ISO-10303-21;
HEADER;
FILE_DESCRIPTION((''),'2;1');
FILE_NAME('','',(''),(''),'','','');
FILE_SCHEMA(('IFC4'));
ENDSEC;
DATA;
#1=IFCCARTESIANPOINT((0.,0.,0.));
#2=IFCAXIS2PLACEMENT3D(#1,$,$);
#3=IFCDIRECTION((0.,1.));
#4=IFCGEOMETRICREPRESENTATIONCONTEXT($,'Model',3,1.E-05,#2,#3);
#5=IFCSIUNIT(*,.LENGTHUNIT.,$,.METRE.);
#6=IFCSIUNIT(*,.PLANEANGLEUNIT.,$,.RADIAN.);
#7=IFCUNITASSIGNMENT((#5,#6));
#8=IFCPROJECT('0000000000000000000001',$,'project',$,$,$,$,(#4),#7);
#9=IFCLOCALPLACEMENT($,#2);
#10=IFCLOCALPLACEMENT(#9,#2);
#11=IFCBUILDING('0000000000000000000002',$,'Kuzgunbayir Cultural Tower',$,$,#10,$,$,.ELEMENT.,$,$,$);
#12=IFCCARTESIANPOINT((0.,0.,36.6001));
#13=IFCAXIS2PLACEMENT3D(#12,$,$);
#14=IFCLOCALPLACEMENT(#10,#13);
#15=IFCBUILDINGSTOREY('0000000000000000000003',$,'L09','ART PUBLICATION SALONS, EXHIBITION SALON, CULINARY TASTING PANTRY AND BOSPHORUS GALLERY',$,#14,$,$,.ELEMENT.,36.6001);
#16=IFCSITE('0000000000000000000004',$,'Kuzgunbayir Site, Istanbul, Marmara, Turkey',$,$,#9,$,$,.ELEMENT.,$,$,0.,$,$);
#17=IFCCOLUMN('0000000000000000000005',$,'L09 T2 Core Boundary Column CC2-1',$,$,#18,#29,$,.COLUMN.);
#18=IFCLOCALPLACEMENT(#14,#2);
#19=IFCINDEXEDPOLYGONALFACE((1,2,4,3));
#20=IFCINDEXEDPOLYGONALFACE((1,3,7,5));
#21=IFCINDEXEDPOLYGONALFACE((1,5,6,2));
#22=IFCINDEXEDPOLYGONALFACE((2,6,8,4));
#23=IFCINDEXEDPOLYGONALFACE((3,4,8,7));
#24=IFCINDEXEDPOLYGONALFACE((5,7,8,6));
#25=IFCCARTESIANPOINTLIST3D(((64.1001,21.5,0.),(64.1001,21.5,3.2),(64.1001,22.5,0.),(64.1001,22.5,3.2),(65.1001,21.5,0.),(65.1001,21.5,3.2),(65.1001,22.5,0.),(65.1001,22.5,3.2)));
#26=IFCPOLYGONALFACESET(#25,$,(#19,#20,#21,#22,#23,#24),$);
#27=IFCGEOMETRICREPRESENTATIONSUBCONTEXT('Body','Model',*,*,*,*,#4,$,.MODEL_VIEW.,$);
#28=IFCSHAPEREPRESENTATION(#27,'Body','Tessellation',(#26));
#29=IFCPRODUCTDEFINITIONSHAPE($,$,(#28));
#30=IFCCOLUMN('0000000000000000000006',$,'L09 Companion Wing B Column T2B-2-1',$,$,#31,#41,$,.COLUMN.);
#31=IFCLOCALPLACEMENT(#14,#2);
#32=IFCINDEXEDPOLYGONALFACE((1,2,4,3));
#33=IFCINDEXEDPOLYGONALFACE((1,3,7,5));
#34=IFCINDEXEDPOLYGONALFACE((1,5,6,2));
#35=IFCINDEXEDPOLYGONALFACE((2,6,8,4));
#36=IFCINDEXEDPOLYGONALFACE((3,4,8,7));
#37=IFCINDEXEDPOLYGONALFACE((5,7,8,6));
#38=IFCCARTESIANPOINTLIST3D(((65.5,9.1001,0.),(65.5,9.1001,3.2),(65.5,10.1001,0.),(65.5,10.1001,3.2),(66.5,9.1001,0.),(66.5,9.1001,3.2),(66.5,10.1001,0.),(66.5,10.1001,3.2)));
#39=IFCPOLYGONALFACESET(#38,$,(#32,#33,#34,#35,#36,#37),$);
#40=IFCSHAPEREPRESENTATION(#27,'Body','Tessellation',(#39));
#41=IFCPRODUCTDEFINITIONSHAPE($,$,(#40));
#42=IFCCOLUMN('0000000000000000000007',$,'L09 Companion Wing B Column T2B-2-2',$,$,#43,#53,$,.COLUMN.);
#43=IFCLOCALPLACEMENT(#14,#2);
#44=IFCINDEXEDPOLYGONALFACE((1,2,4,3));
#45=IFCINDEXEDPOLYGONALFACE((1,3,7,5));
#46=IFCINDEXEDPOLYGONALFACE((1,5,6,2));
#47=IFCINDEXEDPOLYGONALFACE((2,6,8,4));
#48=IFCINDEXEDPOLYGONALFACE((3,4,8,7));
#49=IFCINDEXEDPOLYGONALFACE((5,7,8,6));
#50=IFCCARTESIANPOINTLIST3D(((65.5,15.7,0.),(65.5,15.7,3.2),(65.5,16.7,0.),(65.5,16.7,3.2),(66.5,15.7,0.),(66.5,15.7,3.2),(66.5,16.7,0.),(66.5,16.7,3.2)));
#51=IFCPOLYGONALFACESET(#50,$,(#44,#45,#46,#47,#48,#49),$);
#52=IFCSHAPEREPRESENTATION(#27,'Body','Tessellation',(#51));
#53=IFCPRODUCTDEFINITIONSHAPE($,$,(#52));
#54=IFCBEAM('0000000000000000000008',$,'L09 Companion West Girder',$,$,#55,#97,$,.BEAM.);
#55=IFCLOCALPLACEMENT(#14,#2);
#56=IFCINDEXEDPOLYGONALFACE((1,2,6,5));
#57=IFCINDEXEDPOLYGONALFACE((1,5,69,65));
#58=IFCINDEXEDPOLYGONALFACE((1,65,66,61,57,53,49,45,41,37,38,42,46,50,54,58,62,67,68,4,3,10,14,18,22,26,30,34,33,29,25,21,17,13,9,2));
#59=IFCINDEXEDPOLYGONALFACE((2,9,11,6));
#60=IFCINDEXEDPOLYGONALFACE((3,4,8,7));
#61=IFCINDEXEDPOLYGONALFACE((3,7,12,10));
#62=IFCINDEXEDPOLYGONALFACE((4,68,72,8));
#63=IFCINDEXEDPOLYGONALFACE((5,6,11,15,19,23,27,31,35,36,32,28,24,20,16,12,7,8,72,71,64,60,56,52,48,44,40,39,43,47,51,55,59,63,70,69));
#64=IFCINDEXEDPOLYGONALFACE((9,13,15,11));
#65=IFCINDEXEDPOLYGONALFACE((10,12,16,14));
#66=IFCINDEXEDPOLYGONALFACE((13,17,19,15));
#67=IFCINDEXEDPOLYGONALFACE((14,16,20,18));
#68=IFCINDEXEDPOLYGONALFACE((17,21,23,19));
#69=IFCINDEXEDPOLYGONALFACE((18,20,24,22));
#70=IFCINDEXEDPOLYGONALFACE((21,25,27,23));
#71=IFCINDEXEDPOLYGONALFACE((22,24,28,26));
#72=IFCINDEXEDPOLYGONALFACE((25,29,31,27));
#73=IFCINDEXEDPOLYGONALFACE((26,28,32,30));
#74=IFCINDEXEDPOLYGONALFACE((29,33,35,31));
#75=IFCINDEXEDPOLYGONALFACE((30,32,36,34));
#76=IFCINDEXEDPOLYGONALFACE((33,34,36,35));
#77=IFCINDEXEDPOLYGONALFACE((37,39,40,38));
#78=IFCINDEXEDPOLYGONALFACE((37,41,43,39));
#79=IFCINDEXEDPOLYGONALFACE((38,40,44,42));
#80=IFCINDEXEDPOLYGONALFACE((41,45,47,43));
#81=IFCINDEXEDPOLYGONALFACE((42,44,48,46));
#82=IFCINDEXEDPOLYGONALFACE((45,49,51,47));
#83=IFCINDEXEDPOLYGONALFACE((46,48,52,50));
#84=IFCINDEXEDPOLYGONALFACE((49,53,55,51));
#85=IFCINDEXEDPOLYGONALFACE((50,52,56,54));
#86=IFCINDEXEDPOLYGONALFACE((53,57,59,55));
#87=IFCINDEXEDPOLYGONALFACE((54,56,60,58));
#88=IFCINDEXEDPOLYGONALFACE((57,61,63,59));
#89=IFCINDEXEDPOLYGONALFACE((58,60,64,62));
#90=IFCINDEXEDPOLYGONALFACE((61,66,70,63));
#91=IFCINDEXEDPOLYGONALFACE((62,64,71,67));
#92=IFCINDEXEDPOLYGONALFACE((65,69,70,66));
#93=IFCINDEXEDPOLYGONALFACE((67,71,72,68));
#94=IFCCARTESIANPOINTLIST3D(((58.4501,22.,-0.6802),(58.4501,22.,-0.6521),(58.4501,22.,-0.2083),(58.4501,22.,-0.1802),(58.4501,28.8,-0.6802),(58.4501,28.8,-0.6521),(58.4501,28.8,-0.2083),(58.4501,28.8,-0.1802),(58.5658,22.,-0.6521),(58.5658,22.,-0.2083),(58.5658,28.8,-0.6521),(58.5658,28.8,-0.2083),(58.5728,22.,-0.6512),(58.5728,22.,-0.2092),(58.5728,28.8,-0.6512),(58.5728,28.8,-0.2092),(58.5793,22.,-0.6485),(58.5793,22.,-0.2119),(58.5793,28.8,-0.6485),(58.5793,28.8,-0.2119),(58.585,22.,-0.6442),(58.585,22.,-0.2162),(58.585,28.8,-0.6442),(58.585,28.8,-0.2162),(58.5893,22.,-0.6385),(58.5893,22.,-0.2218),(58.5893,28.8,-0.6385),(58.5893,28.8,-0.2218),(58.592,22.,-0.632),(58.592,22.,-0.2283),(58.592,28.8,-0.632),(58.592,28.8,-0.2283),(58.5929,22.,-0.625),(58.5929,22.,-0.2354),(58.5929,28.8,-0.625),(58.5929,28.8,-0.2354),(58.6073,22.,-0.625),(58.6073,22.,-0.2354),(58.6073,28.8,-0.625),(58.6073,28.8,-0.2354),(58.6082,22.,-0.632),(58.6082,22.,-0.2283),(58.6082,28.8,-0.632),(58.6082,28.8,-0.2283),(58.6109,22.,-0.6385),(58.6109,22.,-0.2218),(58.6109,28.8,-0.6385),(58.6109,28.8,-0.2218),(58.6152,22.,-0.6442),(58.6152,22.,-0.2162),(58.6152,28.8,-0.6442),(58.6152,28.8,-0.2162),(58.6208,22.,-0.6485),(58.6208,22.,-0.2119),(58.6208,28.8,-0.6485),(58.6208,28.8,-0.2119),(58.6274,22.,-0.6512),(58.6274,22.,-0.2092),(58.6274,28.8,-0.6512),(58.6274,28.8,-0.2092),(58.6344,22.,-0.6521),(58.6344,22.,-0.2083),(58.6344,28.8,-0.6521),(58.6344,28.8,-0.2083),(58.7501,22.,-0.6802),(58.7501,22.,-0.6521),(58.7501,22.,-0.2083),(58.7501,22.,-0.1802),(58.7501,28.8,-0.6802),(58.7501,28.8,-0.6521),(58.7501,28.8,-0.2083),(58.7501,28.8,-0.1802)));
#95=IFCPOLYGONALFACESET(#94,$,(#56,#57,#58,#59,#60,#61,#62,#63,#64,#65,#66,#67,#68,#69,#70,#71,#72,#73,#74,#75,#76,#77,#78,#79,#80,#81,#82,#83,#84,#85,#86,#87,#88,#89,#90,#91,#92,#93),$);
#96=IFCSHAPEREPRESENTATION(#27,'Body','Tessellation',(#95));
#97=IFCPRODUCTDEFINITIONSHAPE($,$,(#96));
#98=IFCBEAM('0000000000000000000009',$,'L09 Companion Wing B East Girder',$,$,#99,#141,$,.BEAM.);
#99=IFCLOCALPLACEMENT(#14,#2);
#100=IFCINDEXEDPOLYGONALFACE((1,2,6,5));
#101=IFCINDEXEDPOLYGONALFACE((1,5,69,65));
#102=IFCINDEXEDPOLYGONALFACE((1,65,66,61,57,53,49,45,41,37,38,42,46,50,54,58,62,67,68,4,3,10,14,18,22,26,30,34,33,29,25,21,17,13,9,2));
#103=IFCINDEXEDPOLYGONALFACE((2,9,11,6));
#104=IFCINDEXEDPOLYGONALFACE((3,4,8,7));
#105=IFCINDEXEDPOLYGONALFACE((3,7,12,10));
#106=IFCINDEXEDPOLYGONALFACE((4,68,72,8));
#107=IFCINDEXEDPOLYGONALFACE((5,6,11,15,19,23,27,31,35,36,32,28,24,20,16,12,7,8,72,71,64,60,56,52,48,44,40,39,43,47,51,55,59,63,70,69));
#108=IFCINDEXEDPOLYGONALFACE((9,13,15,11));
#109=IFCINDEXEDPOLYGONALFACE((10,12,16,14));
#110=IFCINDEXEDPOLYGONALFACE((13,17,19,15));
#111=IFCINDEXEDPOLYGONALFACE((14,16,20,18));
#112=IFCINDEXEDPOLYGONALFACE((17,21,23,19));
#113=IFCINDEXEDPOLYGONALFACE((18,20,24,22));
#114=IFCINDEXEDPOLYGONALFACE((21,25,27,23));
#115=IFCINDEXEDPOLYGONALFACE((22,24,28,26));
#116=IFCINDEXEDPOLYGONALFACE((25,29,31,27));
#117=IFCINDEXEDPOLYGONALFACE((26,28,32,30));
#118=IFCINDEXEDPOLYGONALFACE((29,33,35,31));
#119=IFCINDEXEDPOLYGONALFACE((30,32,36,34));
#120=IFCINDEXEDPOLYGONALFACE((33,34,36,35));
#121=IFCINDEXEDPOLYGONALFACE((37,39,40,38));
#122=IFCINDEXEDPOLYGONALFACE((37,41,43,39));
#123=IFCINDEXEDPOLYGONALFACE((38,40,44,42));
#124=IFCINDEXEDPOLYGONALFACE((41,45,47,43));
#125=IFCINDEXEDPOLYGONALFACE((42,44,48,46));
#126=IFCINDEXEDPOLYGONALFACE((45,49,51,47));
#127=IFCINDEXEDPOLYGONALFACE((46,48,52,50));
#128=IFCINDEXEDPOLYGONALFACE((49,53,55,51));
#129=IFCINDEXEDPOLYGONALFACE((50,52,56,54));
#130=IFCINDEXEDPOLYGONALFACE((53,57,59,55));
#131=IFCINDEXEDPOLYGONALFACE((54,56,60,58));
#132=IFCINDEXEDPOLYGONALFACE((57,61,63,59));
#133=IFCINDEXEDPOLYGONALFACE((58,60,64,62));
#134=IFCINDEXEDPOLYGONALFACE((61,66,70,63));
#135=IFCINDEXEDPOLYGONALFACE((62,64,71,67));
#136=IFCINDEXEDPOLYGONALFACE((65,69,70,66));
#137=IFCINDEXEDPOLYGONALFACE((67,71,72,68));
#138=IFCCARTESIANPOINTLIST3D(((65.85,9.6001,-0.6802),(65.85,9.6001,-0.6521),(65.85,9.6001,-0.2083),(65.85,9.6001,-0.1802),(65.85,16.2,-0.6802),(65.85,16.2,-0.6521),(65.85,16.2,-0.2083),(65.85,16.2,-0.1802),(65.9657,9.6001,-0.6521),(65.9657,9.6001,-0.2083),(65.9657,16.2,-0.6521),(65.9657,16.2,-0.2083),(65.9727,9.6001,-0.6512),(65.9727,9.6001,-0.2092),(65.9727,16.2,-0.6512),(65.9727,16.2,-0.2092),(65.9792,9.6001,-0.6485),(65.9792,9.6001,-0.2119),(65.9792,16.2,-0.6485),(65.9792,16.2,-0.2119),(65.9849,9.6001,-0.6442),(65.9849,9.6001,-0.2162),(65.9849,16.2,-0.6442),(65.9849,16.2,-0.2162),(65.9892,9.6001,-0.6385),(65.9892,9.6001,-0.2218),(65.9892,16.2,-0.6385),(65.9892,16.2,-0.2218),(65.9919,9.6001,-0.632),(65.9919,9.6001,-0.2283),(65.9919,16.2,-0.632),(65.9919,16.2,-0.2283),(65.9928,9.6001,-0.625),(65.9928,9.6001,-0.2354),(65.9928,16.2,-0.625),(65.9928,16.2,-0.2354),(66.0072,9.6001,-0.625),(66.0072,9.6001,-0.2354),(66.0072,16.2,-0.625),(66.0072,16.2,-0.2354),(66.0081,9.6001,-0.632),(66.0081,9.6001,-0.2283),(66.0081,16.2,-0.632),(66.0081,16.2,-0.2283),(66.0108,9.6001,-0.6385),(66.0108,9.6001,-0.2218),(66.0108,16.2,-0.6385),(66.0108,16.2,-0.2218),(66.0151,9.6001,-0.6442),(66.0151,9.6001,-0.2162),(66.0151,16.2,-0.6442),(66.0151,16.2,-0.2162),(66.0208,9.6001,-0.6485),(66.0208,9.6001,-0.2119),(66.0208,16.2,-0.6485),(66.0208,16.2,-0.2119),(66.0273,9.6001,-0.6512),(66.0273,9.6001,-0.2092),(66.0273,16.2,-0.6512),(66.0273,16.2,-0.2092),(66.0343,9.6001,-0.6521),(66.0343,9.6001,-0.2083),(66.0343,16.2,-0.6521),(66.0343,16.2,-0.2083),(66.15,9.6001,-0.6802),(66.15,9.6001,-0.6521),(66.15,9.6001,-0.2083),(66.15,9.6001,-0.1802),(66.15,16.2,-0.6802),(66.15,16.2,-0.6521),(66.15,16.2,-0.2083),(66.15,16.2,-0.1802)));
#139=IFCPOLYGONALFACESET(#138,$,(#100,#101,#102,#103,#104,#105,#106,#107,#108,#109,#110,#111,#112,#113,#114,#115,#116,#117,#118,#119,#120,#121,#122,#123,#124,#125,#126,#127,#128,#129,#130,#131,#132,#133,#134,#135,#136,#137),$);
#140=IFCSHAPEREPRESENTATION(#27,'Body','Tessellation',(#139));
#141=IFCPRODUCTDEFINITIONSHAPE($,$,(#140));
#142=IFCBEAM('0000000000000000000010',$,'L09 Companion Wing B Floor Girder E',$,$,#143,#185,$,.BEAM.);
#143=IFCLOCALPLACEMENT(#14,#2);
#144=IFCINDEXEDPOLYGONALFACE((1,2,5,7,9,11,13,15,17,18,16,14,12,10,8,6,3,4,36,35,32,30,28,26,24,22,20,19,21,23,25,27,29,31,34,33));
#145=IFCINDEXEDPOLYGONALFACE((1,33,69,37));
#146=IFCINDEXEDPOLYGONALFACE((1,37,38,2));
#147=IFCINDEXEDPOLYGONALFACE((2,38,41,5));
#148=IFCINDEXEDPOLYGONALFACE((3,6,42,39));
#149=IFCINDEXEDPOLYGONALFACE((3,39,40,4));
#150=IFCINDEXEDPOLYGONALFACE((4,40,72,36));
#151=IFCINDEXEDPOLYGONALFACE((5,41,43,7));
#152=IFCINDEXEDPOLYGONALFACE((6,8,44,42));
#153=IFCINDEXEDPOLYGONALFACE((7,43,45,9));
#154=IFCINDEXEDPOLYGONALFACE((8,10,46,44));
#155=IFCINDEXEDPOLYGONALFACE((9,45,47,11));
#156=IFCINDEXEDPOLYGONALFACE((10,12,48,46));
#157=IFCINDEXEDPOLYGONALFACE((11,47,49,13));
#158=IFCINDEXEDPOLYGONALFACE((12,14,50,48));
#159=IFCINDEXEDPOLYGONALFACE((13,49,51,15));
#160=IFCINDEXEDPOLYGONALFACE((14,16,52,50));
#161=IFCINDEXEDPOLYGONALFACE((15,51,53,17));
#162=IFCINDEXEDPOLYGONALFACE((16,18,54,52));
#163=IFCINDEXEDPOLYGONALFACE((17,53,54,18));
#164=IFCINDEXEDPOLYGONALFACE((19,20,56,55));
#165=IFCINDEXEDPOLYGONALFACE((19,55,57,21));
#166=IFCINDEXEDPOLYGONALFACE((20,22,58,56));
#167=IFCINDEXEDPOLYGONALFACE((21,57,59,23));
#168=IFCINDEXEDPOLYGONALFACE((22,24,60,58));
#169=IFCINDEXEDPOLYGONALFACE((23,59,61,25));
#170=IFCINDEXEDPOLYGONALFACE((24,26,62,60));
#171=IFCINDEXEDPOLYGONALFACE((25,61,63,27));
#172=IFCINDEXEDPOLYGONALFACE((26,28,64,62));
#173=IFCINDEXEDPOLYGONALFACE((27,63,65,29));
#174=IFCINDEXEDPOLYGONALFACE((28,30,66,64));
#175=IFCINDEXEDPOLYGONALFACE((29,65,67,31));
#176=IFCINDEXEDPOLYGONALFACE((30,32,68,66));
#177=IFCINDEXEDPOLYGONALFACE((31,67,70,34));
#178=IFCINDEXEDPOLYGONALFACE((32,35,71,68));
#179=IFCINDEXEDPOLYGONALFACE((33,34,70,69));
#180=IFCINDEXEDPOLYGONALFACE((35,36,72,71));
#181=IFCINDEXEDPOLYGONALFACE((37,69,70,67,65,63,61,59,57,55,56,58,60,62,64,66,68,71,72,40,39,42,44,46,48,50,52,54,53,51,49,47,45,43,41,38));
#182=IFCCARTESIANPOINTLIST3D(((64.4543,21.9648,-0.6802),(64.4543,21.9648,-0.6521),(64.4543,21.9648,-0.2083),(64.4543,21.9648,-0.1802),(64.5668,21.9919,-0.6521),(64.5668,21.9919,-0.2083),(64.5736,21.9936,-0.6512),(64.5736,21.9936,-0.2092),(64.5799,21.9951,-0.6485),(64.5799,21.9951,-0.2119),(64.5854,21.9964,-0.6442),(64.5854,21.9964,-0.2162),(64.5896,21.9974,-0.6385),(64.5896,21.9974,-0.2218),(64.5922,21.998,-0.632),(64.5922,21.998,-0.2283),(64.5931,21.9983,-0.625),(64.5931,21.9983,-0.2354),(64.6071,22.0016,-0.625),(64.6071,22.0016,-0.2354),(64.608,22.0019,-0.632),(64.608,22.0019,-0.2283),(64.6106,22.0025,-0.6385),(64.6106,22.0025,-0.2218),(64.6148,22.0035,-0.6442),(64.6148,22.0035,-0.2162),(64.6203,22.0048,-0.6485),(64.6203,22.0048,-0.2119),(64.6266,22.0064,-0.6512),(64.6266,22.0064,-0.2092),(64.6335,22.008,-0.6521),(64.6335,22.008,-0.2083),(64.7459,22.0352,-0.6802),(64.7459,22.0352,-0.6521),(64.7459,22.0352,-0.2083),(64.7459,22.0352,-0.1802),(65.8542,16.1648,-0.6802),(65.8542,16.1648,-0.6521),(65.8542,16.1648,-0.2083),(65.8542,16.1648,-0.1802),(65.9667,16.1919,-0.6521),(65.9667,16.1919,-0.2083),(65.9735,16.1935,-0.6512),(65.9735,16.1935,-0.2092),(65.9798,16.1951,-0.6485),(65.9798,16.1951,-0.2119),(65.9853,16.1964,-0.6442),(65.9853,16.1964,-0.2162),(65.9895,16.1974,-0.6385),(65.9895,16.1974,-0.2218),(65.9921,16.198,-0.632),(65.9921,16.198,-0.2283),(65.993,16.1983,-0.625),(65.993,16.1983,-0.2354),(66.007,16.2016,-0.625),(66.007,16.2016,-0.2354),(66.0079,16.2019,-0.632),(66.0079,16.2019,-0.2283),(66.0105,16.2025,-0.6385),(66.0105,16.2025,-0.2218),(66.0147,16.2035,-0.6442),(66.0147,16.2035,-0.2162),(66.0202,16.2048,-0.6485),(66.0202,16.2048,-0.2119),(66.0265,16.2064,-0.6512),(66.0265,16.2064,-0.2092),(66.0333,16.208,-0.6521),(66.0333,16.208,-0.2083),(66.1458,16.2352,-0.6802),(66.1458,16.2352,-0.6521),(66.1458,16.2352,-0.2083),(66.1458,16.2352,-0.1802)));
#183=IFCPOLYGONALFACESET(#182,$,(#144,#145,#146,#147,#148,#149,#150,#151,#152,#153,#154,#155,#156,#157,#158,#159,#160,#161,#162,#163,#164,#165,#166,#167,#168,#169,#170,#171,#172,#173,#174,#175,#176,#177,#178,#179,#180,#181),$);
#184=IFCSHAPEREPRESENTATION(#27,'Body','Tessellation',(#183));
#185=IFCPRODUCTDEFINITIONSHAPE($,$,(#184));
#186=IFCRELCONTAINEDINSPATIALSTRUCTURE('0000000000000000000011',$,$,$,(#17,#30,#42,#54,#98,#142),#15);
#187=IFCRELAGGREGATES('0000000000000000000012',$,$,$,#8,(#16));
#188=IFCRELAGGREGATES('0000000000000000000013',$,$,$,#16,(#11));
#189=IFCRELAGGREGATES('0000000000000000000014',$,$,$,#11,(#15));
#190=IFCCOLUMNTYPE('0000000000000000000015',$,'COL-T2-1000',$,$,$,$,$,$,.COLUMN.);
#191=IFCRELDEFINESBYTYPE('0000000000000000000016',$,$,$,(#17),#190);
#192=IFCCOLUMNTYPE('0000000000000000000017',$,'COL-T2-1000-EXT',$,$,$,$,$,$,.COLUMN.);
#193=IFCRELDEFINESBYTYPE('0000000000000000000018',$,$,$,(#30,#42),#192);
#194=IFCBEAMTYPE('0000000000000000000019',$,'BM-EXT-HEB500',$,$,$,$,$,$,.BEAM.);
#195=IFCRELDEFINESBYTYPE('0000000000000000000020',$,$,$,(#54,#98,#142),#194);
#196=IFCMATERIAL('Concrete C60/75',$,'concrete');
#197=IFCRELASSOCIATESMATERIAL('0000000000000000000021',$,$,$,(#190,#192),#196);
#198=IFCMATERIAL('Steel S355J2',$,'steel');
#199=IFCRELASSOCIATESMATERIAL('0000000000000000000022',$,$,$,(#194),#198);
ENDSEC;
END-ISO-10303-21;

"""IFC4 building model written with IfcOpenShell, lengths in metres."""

from ifc_helpers import new_model, si_unit, direction, frame, origin, origin_2d, place, context, subcontext, project, spatial, rectangle, i_section, extrude, material, material_profile, profile_set, type_object, element, save


model = new_model("IFC4")

# Units and contexts
model_context = context("Model", 3, precision=1e-05, world=origin(), true_north=direction((0.0, 1.0)))
body_context = subcontext(model_context, "Body", "Model", "MODEL_VIEW")
ifc_project = project(units=[si_unit("LENGTHUNIT", "METRE"), si_unit("PLANEANGLEUNIT", "RADIAN")], contexts=[model_context])

# Site, building, storey
site_placement = place(None, origin())
site = spatial("IfcSite", under=ifc_project, at=site_placement, Name="Kuzgunbayir Site, Istanbul, Marmara, Turkey", CompositionType="ELEMENT", RefElevation=0.0)
building_placement = place(site_placement, origin())
building = spatial("IfcBuilding", under=site, at=building_placement, Name="Kuzgunbayir Cultural Tower", CompositionType="ELEMENT")
storey_placement = place(building_placement, frame((0.0, 0.0, 36.6001)))
storey = spatial("IfcBuildingStorey", under=building, at=storey_placement, Name="L09", Description="ART PUBLICATION SALONS, EXHIBITION SALON, CULINARY TASTING PANTRY AND BOSPHORUS GALLERY", CompositionType="ELEMENT", Elevation=36.6001)

# Columns
ifc_material_1 = material(Name="Concrete C60/75", Category="concrete")
ifc_material_profile_1 = material_profile(ifc_material_1, rectangle(XDim=1.0, YDim=1.0, at=origin_2d()), Name="RC 1000x1000")
ifc_profile_set_1 = profile_set([ifc_material_profile_1], Name="Concrete C60/75")
column_type_1 = type_object("IfcColumnType", Name="COL-T2-1000", PredefinedType="COLUMN", material=ifc_profile_set_1)
column_placement = place(storey_placement, frame((64.6001, 22.0, 0.0), z_axis=(0.0, 0.0, 1.0), x_axis=(1.0, 0.0, 0.0)))
element("IfcColumn", 1, at=column_placement, inside=storey, type_object=column_type_1, Name="L09 T2 Core Boundary Column CC2-1", PredefinedType="COLUMN", context=body_context, shape_type="SweptSolid", body=[
    extrude(rectangle(XDim=1.0, YDim=1.0, at=origin_2d()), origin(), (0.0, 0.0, 1.0), 3.2),
])
ifc_material_profile_2 = material_profile(ifc_material_1, rectangle(XDim=1.0, YDim=1.0, at=origin_2d()), Name="RC 1000x1000")
ifc_profile_set_2 = profile_set([ifc_material_profile_2], Name="Concrete C60/75")
column_type_2 = type_object("IfcColumnType", Name="COL-T2-1000-EXT", PredefinedType="COLUMN", material=ifc_profile_set_2)
for number, where, z_axis, x_axis, name in (
    (2, (66.0, 9.6001, 0.0), (0.0, 0.0, 1.0), (1.0, 0.0, 0.0), "L09 Companion Wing B Column T2B-2-1"),
    (3, (66.0, 16.2, 0.0), (0.0, 0.0, 1.0), (1.0, 0.0, 0.0), "L09 Companion Wing B Column T2B-2-2"),
):
    element("IfcColumn", number, at=place(storey_placement, frame(where, z_axis=z_axis, x_axis=x_axis)), inside=storey, type_object=column_type_2, Name=name, PredefinedType="COLUMN", context=body_context, shape_type="SweptSolid", body=[
        extrude(rectangle(XDim=1.0, YDim=1.0, at=origin_2d()), origin(), (0.0, 0.0, 1.0), 3.2),
    ])

# Beams
ifc_material_2 = material(Name="Steel S355J2", Category="steel")
ifc_material_profile_3 = material_profile(ifc_material_2, i_section(OverallWidth=0.3, OverallDepth=0.5, WebThickness=0.0144, FlangeThickness=0.0281, FilletRadius=0.0271, at=origin_2d()), Name="HEB 500")
ifc_profile_set_3 = profile_set([ifc_material_profile_3], Name="Steel S355J2")
beam_type_1 = type_object("IfcBeamType", Name="BM-EXT-HEB500", PredefinedType="BEAM", material=ifc_profile_set_3)
beam_1_placement = place(storey_placement, frame((58.6001, 22.0, -0.4302), z_axis=(0.0, 1.0, 0.0), x_axis=(-1.0, 0.0, 0.0)))
element("IfcBeam", 4, at=beam_1_placement, inside=storey, type_object=beam_type_1, Name="L09 Companion West Girder", PredefinedType="BEAM", context=body_context, shape_type="SweptSolid", body=[
    extrude(i_section(OverallWidth=0.3, OverallDepth=0.5, WebThickness=0.0144, FlangeThickness=0.0281, FilletRadius=0.0271, at=origin_2d()), origin(), (0.0, 0.0, 1.0), 6.8),
])
beam_2_placement = place(storey_placement, frame((66.0, 9.6001, -0.4302), z_axis=(0.0, 1.0, 0.0), x_axis=(-1.0, 0.0, 0.0)))
element("IfcBeam", 5, at=beam_2_placement, inside=storey, type_object=beam_type_1, Name="L09 Companion Wing B East Girder", PredefinedType="BEAM", context=body_context, shape_type="SweptSolid", body=[
    extrude(i_section(OverallWidth=0.3, OverallDepth=0.5, WebThickness=0.0144, FlangeThickness=0.0281, FilletRadius=0.0271, at=origin_2d()), origin(), (0.0, 0.0, 1.0), 6.5999),
])
beam_3_placement = place(storey_placement, frame((66.0, 16.2, -0.4302), z_axis=(-0.234623, 0.972086, 0.0), x_axis=(-0.972086, -0.234623, 0.0)))
element("IfcBeam", 6, at=beam_3_placement, inside=storey, type_object=beam_type_1, Name="L09 Companion Wing B Floor Girder E", PredefinedType="BEAM", context=body_context, shape_type="SweptSolid", body=[
    extrude(i_section(OverallWidth=0.3, OverallDepth=0.5, WebThickness=0.0144, FlangeThickness=0.0281, FilletRadius=0.0271, at=origin_2d()), origin(), (0.0, 0.0, 1.0), 5.9666),
])

save(model, "model.ifc")
